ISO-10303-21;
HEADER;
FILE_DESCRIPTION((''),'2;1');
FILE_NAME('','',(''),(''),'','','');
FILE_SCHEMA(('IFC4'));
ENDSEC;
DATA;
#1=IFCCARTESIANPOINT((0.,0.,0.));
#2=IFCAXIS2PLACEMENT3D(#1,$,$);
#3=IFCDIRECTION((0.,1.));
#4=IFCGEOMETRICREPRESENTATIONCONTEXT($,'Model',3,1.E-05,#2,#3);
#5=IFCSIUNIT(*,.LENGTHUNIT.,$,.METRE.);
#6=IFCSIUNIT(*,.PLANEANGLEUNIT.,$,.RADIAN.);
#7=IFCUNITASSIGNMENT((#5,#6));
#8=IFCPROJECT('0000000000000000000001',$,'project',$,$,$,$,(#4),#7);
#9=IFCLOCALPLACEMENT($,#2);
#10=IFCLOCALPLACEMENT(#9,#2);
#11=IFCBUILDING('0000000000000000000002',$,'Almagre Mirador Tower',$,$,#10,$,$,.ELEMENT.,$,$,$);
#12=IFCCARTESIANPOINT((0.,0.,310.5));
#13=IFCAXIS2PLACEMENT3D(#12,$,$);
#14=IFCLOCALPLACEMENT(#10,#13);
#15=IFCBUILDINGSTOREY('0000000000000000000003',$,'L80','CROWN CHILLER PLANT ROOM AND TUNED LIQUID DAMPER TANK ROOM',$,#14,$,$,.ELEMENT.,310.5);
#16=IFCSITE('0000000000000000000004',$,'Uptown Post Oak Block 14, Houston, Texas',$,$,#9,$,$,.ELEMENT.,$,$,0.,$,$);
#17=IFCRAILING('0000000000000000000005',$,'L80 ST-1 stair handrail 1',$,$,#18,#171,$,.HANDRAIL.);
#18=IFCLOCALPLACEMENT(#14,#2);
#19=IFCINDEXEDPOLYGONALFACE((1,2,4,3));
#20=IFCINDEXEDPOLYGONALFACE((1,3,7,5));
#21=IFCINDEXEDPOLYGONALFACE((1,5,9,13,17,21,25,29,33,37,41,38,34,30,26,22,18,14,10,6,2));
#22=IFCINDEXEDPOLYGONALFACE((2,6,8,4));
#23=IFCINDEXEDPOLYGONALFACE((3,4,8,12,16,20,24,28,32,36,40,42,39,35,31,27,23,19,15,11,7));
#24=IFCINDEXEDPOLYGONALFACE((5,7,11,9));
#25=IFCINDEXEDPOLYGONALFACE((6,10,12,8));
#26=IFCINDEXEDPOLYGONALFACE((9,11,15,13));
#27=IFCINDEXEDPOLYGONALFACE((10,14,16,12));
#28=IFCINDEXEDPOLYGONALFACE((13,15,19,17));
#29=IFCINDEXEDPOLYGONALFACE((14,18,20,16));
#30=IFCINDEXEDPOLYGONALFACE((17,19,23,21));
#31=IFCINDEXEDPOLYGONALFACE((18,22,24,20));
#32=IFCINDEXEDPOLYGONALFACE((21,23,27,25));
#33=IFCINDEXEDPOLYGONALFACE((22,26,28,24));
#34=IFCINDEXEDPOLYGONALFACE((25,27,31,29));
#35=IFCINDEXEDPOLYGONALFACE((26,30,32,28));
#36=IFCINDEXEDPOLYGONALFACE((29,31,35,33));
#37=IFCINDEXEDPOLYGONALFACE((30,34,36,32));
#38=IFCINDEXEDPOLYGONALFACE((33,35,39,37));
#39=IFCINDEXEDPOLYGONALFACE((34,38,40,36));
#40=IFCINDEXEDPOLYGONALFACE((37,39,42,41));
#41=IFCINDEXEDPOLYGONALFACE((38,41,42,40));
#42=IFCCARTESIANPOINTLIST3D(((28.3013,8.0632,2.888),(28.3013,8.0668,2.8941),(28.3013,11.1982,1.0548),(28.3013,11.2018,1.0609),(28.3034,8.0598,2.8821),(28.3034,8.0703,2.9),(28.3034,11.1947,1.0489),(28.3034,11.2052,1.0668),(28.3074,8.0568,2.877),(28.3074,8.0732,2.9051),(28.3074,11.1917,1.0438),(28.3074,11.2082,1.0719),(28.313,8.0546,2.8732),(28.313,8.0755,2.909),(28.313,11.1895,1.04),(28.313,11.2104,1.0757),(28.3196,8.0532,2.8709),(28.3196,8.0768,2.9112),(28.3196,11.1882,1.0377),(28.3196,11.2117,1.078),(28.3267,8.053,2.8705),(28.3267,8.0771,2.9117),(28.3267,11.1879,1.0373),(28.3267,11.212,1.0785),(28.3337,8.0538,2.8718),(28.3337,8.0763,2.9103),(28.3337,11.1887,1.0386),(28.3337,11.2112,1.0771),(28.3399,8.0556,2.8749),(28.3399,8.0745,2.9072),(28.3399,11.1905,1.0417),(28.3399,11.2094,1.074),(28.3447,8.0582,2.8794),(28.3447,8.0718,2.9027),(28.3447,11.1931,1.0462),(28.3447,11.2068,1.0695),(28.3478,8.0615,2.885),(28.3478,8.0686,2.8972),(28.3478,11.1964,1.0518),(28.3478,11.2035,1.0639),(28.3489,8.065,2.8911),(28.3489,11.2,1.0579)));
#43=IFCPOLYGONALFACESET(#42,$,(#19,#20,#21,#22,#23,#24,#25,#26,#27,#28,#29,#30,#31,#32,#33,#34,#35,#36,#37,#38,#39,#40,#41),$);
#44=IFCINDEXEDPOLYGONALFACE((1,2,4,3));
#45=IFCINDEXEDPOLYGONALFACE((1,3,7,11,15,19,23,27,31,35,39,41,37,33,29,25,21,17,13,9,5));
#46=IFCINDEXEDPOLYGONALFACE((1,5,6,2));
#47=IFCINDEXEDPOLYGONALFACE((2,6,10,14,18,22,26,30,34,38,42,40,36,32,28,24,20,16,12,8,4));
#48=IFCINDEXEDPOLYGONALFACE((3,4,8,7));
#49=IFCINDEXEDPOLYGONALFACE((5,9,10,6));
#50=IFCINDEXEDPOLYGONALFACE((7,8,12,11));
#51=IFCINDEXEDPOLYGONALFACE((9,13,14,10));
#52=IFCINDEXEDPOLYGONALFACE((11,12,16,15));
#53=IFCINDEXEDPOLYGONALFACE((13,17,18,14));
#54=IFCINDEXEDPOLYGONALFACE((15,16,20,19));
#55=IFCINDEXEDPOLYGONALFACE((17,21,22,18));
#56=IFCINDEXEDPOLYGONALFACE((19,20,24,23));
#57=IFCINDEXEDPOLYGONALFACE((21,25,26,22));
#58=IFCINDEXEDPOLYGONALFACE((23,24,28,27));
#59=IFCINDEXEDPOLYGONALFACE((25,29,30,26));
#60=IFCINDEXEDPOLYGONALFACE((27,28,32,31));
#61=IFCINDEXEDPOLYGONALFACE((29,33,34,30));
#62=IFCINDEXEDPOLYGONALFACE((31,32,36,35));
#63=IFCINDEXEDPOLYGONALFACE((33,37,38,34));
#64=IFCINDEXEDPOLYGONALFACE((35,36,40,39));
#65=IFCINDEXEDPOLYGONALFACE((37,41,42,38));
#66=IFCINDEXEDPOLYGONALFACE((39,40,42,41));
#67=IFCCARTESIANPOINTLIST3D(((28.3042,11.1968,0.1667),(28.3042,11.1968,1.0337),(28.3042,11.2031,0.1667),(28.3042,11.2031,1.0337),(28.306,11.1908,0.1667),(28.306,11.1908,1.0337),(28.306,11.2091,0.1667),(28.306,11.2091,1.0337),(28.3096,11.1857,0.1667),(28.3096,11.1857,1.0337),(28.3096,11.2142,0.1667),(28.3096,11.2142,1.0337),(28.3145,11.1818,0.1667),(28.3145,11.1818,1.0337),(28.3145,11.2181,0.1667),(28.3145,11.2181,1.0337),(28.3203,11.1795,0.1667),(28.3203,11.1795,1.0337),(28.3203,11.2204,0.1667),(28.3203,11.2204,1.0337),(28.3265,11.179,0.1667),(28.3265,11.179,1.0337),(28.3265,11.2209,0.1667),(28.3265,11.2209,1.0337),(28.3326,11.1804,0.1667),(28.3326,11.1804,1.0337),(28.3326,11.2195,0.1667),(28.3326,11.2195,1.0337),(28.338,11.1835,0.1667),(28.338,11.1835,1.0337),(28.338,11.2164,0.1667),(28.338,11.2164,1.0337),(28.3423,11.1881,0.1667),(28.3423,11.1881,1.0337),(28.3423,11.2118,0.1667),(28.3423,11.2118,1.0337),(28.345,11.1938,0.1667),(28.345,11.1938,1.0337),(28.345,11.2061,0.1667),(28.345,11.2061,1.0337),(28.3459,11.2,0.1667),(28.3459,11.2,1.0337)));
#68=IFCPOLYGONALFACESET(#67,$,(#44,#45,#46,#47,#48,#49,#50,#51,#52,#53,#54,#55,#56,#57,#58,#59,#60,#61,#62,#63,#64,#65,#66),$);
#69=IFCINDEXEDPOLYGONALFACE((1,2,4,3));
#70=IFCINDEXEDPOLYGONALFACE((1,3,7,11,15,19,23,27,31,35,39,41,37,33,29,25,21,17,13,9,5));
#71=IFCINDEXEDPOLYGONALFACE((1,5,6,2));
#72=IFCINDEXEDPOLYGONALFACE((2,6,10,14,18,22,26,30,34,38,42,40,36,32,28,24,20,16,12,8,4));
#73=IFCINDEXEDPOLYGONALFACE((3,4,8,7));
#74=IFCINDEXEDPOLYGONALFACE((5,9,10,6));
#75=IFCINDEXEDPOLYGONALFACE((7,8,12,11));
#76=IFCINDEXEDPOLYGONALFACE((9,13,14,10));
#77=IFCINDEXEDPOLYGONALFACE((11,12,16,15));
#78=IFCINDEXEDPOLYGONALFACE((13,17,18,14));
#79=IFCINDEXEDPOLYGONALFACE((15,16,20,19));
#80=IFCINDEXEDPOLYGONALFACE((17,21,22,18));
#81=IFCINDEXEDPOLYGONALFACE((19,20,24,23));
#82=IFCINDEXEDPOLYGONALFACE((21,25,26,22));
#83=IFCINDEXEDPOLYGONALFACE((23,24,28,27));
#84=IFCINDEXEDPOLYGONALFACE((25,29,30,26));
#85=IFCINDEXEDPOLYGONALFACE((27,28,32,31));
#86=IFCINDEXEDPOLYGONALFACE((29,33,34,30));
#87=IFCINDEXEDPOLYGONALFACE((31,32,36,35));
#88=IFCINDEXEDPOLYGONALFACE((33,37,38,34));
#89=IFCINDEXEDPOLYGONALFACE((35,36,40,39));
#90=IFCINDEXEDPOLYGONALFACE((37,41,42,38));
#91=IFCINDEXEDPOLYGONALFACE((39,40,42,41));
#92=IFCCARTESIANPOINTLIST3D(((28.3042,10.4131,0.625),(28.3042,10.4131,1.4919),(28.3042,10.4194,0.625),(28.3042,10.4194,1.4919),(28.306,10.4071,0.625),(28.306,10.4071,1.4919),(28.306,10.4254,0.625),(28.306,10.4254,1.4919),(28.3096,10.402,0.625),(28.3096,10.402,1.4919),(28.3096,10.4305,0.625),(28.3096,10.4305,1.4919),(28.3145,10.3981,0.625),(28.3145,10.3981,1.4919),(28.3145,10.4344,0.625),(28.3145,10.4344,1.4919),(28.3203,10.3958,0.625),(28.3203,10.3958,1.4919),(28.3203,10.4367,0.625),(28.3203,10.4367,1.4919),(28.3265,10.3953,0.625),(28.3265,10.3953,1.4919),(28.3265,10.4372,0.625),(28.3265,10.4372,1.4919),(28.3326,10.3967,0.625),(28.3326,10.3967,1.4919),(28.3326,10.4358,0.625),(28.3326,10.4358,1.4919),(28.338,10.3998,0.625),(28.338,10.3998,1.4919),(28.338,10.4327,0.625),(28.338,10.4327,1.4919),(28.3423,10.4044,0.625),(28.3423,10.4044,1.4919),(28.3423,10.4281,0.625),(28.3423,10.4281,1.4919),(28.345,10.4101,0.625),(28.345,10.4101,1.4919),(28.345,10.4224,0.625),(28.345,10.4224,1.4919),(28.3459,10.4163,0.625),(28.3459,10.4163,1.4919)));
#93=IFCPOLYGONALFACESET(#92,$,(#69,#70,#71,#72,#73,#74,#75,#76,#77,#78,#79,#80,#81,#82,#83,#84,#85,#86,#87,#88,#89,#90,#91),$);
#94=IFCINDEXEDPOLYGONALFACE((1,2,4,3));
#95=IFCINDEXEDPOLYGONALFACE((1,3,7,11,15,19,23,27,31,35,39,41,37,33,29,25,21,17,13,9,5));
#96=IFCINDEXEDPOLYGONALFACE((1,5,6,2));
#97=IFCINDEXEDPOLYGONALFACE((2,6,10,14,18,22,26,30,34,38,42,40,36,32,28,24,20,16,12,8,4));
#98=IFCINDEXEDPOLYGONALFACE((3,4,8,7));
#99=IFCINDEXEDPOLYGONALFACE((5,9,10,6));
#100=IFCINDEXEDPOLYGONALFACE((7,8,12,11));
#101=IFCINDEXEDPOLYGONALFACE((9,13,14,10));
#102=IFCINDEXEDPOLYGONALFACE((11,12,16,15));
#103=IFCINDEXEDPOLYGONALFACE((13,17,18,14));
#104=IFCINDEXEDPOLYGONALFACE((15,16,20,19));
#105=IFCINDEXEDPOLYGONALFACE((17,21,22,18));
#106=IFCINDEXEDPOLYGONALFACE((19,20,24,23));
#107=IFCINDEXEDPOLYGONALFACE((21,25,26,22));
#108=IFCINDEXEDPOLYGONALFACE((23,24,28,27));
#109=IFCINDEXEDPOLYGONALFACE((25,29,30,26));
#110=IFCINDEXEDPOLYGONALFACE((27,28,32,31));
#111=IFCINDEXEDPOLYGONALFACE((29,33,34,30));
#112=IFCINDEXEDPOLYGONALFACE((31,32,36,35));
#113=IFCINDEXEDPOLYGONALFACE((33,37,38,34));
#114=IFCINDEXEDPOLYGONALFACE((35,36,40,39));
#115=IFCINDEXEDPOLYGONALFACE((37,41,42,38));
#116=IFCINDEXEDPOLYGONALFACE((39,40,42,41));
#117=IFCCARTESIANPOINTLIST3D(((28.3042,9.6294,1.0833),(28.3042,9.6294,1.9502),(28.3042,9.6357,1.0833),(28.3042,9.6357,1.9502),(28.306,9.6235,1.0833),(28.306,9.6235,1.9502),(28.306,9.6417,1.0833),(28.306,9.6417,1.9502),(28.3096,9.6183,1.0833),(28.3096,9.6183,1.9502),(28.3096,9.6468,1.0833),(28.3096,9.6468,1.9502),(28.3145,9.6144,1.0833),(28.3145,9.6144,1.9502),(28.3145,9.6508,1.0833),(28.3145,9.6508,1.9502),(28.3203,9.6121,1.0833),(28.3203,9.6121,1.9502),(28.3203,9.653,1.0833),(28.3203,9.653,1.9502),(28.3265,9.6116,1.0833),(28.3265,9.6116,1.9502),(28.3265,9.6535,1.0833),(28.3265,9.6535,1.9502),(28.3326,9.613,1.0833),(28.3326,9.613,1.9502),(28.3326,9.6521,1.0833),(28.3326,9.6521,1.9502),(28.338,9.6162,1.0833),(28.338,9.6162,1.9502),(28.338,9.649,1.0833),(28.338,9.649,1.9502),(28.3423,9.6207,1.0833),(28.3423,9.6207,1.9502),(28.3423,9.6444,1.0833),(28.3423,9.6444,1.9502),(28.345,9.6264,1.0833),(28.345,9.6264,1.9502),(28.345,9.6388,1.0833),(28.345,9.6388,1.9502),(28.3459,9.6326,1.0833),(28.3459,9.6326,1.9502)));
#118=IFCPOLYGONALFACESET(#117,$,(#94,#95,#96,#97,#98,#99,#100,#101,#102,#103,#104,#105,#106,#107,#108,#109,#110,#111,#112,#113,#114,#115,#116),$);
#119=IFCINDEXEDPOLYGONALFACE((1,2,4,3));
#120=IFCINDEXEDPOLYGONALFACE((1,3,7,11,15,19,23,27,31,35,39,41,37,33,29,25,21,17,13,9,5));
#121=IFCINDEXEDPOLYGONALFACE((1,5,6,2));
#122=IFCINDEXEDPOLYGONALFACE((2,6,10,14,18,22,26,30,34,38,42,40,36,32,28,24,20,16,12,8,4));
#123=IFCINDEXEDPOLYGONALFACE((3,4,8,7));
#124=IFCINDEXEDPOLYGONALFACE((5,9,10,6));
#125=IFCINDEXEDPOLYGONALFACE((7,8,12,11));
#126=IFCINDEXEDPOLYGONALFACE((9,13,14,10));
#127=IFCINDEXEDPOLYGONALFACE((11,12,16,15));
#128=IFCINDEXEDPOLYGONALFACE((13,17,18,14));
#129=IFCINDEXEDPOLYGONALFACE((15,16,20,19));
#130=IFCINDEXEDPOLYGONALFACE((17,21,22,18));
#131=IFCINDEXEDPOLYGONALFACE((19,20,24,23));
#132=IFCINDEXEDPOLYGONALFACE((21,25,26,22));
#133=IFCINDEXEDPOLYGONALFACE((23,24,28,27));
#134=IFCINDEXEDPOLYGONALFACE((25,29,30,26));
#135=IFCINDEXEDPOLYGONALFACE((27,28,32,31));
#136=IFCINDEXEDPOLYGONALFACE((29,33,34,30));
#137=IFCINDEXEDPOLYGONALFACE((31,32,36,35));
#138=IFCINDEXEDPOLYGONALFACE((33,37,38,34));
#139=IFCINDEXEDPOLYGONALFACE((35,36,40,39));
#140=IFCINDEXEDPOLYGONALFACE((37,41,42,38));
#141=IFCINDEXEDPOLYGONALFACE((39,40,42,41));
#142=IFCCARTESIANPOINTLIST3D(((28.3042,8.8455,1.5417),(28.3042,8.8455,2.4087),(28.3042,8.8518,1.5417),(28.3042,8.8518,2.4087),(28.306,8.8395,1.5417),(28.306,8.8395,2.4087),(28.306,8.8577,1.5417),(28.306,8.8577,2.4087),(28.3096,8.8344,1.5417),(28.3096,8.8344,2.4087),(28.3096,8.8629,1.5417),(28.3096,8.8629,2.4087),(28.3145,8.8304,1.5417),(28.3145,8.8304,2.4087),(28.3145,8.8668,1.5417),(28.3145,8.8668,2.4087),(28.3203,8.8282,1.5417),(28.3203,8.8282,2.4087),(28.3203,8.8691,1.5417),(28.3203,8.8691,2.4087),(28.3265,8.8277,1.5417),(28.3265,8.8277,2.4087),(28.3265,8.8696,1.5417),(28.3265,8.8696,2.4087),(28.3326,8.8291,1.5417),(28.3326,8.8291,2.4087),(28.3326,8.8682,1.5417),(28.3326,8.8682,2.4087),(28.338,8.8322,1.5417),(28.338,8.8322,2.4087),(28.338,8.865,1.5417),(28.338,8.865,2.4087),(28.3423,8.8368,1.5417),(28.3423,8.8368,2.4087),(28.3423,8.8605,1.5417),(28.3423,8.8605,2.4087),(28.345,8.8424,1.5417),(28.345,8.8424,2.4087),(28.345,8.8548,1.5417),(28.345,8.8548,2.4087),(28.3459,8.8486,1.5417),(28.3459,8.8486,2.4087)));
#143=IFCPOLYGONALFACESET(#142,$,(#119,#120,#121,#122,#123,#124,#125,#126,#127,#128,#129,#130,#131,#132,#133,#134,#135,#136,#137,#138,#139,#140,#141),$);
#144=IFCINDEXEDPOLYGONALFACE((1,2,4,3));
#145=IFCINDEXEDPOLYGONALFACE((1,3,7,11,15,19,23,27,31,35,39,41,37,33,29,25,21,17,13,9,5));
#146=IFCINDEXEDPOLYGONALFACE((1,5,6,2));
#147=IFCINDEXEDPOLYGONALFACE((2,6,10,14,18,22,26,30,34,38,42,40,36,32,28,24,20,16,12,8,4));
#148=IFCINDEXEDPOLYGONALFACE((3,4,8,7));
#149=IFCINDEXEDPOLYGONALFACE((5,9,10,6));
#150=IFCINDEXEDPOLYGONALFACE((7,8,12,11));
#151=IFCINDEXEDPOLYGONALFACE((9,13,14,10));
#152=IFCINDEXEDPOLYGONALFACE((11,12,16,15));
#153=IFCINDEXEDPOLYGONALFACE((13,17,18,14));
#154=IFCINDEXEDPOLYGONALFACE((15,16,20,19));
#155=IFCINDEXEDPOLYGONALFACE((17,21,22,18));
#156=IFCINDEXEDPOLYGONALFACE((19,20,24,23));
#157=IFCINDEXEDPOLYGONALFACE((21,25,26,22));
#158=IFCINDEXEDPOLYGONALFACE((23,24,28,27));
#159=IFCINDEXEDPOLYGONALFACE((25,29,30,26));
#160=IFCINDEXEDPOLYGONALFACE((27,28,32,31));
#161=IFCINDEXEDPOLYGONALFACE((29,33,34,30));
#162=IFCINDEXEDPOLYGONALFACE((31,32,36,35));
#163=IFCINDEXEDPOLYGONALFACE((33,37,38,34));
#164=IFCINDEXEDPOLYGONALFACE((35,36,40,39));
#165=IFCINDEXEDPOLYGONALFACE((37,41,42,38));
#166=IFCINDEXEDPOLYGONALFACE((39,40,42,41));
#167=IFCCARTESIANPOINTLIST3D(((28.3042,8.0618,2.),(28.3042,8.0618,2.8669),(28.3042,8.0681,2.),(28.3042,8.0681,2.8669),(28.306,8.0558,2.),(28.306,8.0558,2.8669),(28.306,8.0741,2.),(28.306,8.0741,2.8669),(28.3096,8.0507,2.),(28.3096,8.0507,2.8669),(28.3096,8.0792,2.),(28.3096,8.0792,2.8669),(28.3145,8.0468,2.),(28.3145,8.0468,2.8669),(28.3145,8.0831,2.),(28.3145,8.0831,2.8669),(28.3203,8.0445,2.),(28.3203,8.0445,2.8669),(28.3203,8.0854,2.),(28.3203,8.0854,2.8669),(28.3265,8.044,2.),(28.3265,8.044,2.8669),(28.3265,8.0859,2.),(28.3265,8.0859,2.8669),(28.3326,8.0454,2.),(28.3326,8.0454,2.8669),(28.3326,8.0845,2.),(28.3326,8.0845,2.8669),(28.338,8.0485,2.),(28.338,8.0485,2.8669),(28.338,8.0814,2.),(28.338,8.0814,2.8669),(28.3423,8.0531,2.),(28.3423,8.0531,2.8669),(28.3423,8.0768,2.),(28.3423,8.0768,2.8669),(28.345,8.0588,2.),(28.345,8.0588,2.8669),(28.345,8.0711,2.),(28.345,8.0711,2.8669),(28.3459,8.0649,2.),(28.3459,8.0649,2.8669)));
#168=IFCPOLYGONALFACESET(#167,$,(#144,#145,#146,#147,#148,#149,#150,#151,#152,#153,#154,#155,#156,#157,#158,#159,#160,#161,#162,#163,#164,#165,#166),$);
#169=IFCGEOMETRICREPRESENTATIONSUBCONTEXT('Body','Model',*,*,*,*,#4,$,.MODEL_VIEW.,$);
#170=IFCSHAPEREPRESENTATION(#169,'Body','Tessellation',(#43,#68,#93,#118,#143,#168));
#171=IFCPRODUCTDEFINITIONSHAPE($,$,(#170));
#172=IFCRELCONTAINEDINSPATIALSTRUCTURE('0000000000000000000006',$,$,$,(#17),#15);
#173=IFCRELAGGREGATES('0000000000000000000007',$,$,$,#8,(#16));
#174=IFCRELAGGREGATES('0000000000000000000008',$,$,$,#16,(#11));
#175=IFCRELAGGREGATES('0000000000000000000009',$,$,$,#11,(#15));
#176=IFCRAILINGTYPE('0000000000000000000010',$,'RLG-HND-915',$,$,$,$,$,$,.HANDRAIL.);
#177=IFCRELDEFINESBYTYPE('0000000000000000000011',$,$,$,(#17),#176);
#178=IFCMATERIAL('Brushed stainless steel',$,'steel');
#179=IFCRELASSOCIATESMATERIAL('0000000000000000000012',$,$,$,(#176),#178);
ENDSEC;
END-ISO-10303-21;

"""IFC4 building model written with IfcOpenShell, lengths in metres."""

from ifc_helpers import new_model, si_unit, direction, frame, origin, origin_2d, place, context, subcontext, project, spatial, circle, extrude, material, type_object, element, save


model = new_model("IFC4")

# Units and contexts
model_context = context("Model", 3, precision=1e-05, world=origin(), true_north=direction((0.0, 1.0)))
body_context = subcontext(model_context, "Body", "Model", "MODEL_VIEW")
ifc_project = project(units=[si_unit("LENGTHUNIT", "METRE"), si_unit("PLANEANGLEUNIT", "RADIAN")], contexts=[model_context])

# Site, building, storey
site_placement = place(None, origin())
site = spatial("IfcSite", under=ifc_project, at=site_placement, Name="Uptown Post Oak Block 14, Houston, Texas", CompositionType="ELEMENT", RefElevation=0.0)
building_placement = place(site_placement, origin())
building = spatial("IfcBuilding", under=site, at=building_placement, Name="Almagre Mirador Tower", CompositionType="ELEMENT")
storey_placement = place(building_placement, frame((0.0, 0.0, 310.5)))
storey = spatial("IfcBuildingStorey", under=building, at=storey_placement, Name="L80", Description="CROWN CHILLER PLANT ROOM AND TUNED LIQUID DAMPER TANK ROOM", CompositionType="ELEMENT", Elevation=310.5)

# Railing
ifc_material_1 = material(Name="Brushed stainless steel", Category="steel")
railing_type = type_object("IfcRailingType", Name="RLG-HND-915", PredefinedType="HANDRAIL", material=ifc_material_1)
railing_placement = place(storey_placement, frame((28.325, 11.2, 0.1667)))
element("IfcRailing", 1, at=railing_placement, inside=storey, type_object=railing_type, Name="L80 ST-1 stair handrail 1", PredefinedType="HANDRAIL", context=body_context, shape_type="SweptSolid", body=[
    extrude(circle(Radius=0.0239, at=origin_2d()), frame((0.0, 0.0, 0.8911), z_axis=(0.0, -0.86324, 0.504794), x_axis=(1.0, 0.0, 0.0)), (0.0, 0.0, 1.0), 3.6316),
    extrude(circle(Radius=0.021, at=origin_2d()), origin(), (0.0, 0.0, 1.0), 0.8669),
    extrude(circle(Radius=0.021, at=origin_2d()), frame((0.0, -0.7837, 0.4583)), (0.0, 0.0, 1.0), 0.8669),
    extrude(circle(Radius=0.021, at=origin_2d()), frame((0.0, -1.5674, 0.9165)), (0.0, 0.0, 1.0), 0.8669),
    extrude(circle(Radius=0.021, at=origin_2d()), frame((0.0, -2.3513, 1.375)), (0.0, 0.0, 1.0), 0.8669),
    extrude(circle(Radius=0.021, at=origin_2d()), frame((0.0, -3.135, 1.8333)), (0.0, 0.0, 1.0), 0.8669),
])

save(model, "model.ifc")
